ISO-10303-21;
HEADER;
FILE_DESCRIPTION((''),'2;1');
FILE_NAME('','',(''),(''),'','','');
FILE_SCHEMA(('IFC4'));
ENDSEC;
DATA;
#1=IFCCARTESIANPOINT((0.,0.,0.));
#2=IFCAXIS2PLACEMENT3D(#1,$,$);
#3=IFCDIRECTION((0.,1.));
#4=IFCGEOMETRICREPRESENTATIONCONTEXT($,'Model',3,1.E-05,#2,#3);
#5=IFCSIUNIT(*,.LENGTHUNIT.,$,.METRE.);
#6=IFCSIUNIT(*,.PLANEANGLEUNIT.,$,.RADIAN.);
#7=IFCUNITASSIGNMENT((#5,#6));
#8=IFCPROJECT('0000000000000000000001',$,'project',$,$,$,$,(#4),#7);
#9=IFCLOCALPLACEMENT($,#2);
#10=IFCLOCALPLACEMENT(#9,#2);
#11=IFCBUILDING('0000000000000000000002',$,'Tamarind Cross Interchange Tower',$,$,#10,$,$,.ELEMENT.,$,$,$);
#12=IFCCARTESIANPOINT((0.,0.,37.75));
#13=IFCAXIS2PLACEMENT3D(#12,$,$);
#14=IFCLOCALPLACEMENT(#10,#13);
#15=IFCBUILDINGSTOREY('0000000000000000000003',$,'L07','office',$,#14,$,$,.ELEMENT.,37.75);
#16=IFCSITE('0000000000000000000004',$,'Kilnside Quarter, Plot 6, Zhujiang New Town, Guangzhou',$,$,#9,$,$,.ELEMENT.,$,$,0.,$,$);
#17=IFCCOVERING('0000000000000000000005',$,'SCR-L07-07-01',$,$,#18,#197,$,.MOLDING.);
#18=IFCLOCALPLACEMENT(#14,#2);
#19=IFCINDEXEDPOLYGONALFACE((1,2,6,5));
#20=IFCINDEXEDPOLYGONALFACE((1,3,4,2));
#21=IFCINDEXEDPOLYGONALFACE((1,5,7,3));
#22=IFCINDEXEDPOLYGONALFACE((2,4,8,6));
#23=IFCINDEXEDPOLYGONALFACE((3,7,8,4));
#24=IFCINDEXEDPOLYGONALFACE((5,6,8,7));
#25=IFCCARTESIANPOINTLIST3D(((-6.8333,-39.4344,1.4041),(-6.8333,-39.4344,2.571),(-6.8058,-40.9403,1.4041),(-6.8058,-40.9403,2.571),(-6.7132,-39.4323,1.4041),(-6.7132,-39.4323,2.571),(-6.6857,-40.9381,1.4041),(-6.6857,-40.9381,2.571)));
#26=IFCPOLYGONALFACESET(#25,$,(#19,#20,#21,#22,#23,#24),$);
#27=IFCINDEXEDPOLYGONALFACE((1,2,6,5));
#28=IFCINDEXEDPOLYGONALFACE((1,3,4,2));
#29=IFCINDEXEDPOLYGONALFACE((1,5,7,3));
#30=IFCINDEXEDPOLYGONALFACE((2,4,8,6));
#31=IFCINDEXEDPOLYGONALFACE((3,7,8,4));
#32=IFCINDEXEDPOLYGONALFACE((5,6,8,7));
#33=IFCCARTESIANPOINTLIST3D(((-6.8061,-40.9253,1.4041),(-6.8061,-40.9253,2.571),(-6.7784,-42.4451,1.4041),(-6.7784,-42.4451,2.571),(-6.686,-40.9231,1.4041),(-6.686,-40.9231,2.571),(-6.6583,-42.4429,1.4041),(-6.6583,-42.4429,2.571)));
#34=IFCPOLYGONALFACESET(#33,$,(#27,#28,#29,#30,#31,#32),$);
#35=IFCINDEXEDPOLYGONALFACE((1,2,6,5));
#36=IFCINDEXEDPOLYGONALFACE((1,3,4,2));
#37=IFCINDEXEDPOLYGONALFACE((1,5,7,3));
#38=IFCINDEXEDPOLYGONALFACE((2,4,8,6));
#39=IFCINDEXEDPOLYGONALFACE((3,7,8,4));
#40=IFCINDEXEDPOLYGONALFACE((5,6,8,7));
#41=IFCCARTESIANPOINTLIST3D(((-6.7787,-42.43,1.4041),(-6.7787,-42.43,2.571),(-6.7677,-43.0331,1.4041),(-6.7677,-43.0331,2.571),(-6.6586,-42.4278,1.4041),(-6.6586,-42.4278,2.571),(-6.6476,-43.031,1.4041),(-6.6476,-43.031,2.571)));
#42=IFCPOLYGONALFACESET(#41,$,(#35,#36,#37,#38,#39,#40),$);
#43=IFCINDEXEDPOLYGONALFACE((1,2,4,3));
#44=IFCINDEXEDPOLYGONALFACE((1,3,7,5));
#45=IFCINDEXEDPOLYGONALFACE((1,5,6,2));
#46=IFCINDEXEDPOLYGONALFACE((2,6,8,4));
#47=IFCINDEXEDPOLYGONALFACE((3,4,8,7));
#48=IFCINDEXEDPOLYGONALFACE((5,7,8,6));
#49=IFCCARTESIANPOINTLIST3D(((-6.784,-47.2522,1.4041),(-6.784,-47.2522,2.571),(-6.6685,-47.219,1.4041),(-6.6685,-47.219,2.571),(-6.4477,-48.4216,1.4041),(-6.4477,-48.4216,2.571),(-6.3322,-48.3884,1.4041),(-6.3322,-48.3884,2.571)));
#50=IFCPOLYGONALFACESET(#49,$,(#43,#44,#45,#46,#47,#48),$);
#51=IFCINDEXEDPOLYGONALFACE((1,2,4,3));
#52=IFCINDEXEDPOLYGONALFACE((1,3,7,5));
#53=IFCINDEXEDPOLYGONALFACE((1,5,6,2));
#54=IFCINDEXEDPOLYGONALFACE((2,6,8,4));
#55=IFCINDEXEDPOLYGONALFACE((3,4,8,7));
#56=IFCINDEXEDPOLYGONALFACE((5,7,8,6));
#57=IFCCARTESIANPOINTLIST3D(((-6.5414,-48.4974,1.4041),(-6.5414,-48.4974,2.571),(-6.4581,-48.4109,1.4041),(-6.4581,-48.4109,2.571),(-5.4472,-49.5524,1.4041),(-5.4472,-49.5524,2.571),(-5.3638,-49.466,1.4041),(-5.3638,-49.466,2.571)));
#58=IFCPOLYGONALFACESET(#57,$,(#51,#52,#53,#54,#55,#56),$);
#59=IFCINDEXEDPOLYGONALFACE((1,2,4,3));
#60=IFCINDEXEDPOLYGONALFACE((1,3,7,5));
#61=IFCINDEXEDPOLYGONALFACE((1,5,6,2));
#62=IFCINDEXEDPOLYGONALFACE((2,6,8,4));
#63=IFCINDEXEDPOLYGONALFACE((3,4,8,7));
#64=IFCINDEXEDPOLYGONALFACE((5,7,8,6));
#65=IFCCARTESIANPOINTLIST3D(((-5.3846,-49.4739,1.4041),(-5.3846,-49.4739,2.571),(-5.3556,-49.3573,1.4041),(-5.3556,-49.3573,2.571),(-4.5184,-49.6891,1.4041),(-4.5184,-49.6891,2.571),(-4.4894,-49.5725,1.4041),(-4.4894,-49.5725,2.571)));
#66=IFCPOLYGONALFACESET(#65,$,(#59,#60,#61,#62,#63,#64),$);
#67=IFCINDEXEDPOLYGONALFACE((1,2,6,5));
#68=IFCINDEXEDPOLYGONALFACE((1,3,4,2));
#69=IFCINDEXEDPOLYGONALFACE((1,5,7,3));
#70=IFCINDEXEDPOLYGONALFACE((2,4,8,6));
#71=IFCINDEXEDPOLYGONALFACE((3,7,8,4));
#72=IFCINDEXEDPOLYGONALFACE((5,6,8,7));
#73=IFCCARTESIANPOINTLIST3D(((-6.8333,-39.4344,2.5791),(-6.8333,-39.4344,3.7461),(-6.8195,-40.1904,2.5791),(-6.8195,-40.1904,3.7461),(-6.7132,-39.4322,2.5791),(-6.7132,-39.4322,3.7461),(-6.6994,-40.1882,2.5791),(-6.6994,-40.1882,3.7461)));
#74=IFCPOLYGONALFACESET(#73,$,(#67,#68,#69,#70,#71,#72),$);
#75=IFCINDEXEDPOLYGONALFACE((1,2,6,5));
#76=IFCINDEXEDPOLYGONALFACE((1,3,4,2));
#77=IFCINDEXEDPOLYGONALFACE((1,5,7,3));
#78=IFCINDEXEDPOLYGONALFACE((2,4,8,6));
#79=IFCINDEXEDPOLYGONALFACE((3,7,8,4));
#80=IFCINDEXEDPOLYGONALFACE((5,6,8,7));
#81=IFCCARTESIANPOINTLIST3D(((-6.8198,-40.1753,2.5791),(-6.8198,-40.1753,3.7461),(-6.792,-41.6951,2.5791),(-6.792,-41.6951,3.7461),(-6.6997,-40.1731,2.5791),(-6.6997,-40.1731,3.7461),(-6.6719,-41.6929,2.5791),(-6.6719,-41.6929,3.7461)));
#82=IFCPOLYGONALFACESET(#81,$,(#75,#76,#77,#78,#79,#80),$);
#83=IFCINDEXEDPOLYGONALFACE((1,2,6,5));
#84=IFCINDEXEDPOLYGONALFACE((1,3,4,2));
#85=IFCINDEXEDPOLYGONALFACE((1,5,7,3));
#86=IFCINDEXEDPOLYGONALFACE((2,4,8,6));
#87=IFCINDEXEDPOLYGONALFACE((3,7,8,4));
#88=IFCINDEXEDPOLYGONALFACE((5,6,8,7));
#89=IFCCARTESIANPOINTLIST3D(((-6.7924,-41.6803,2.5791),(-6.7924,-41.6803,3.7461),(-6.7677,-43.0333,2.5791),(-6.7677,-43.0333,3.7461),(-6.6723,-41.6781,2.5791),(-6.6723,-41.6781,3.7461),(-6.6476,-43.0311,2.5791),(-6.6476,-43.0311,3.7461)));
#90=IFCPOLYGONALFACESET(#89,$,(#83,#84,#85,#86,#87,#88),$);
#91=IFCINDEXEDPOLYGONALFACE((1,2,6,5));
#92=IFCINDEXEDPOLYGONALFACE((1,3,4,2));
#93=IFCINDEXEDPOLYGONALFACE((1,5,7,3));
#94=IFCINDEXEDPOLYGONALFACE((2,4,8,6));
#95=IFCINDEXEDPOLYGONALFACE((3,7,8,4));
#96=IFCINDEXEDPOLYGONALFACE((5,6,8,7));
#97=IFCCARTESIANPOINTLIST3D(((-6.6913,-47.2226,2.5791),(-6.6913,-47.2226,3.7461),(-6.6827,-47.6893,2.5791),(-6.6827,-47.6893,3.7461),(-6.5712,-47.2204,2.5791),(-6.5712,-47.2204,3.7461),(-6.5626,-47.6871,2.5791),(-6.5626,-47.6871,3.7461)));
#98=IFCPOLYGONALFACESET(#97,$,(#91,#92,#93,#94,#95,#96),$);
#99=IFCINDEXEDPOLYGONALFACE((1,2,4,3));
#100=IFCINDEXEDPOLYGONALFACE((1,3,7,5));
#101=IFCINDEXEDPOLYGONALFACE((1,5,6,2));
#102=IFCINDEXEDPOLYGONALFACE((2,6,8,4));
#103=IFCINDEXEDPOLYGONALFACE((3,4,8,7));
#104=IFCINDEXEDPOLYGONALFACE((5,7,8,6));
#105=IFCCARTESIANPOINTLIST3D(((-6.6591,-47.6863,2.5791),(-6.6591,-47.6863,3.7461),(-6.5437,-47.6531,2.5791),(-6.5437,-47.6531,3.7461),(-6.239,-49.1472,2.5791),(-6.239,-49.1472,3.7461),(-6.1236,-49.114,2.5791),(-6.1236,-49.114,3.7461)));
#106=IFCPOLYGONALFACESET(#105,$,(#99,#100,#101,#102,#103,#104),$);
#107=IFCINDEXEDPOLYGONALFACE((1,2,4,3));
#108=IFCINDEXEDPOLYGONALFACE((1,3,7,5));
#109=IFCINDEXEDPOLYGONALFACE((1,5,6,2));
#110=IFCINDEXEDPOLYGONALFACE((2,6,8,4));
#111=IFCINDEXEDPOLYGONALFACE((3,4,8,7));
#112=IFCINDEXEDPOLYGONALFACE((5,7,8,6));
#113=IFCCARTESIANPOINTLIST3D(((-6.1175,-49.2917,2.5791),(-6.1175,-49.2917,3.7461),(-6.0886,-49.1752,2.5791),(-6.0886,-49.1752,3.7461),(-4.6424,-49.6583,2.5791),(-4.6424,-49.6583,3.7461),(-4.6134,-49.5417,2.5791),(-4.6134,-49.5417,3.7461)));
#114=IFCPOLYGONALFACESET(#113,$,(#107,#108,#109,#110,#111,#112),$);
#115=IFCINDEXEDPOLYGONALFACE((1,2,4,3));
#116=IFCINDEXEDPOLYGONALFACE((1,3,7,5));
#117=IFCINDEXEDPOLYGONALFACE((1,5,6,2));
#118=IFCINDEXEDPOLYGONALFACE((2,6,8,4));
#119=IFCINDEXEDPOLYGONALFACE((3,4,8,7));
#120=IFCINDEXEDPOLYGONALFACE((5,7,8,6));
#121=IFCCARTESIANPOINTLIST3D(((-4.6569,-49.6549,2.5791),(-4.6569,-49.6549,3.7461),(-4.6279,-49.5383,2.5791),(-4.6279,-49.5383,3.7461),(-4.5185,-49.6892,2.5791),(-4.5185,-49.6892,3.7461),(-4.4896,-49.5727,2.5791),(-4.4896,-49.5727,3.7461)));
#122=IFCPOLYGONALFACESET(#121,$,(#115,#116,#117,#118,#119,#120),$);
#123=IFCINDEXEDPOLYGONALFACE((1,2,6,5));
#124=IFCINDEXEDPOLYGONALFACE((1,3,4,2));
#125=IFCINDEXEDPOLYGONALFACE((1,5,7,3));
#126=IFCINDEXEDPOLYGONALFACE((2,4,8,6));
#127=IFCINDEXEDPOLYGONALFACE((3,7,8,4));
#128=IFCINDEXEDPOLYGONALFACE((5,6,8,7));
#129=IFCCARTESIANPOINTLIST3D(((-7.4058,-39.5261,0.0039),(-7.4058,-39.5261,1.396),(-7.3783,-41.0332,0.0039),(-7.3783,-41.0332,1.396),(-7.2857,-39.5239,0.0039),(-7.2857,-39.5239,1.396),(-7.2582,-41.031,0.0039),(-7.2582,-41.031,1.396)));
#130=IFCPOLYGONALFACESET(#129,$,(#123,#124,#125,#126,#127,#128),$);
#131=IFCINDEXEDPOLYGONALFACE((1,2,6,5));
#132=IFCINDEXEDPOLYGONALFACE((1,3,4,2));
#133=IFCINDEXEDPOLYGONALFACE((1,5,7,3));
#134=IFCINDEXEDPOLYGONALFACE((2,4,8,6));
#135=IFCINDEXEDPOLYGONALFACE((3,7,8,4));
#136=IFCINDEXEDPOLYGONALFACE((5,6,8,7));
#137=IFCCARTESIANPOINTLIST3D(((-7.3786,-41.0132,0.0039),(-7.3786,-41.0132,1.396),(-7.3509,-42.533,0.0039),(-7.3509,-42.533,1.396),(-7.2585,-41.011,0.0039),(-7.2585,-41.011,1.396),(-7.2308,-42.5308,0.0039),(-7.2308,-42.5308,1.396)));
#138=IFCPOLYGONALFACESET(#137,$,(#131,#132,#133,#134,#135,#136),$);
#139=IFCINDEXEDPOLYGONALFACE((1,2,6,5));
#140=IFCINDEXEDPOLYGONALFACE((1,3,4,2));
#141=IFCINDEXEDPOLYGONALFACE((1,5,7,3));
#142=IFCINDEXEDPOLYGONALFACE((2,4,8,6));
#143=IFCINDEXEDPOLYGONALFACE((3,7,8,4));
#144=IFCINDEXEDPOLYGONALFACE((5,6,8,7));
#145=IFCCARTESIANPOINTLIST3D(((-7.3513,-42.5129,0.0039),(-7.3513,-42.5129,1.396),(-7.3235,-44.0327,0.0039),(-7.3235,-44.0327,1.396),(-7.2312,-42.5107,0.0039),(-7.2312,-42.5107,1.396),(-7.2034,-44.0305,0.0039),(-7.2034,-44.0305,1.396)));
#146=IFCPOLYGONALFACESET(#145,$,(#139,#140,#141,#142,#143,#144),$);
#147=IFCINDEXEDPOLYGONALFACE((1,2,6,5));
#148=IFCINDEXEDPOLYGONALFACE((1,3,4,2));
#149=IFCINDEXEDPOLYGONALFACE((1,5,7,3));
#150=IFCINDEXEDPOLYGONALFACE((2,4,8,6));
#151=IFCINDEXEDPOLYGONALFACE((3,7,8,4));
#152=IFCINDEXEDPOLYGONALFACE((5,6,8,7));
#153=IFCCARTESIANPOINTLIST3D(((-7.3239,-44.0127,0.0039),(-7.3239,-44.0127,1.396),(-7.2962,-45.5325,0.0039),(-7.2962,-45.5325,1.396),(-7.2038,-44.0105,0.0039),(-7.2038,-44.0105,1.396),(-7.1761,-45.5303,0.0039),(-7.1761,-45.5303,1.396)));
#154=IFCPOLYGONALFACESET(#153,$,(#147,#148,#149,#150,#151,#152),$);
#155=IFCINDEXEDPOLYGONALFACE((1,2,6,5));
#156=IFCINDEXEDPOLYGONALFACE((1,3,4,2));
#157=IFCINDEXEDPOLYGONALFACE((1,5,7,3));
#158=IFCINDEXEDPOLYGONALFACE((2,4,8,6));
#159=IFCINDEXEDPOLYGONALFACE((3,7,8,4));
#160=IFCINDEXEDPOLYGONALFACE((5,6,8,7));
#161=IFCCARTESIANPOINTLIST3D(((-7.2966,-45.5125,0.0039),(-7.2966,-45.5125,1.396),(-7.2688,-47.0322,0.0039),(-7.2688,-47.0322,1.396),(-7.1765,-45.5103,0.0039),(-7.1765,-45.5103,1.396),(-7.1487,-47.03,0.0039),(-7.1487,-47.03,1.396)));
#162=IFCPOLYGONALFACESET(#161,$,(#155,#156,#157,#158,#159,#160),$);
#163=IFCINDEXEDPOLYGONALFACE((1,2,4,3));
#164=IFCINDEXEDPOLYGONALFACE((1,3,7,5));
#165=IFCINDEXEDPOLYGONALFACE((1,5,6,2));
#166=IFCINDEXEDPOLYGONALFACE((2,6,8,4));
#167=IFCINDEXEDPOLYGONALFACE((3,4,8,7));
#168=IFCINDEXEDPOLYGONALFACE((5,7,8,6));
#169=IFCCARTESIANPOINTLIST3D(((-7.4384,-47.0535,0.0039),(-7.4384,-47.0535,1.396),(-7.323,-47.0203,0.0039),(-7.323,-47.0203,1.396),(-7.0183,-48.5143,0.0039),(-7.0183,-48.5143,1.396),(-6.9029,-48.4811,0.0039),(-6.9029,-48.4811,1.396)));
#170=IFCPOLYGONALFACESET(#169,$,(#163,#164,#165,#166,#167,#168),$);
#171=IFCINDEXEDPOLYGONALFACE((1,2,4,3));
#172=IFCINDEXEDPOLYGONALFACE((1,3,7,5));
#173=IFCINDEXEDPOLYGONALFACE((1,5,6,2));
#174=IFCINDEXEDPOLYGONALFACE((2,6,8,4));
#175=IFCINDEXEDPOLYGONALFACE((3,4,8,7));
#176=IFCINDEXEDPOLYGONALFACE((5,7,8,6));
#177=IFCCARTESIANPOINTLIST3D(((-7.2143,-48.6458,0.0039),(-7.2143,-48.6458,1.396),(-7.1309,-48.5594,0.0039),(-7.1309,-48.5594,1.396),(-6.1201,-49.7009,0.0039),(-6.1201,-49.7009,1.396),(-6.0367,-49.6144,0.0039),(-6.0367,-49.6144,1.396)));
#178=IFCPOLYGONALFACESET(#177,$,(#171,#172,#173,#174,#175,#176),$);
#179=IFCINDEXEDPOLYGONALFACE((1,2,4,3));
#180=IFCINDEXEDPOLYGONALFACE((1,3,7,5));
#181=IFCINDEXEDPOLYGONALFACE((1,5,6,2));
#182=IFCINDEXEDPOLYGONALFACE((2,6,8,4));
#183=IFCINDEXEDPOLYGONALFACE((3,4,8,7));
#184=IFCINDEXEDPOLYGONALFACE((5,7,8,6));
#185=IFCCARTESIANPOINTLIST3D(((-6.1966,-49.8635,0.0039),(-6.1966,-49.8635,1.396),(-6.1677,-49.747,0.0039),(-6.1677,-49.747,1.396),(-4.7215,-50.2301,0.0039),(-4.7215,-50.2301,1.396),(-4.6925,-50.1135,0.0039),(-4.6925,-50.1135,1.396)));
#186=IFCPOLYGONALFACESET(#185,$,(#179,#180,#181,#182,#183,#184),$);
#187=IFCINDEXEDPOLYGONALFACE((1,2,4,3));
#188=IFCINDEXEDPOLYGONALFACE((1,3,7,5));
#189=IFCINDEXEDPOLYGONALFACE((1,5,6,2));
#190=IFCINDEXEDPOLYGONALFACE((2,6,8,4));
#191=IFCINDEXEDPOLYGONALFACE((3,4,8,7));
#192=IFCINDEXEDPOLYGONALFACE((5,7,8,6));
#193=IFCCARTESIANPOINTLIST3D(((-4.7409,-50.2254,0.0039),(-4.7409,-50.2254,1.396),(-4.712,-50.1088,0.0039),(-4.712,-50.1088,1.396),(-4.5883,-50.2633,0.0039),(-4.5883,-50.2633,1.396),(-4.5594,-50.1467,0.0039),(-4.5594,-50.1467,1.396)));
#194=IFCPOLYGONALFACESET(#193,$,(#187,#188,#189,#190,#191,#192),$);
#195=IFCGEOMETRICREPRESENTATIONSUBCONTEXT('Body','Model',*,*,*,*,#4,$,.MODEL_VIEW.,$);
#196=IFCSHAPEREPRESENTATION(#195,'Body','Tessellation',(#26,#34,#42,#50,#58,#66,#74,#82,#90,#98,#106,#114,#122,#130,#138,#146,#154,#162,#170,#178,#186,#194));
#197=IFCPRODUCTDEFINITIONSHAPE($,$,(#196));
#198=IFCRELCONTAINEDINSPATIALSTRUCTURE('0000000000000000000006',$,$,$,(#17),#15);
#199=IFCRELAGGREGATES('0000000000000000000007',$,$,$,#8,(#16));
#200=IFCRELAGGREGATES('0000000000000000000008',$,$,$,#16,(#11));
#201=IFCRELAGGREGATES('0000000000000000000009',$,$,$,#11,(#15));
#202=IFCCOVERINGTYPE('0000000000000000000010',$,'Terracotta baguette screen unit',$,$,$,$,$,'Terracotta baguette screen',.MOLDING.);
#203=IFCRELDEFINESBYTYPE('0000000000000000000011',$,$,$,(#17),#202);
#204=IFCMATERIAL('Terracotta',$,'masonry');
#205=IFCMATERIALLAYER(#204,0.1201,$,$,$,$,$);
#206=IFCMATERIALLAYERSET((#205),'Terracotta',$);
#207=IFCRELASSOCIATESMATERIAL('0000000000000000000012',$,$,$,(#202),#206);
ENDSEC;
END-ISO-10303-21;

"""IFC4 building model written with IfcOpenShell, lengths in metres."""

from ifc_helpers import new_model, si_unit, direction, frame, origin, origin_2d, place, context, subcontext, project, spatial, rectangle, extrude, material, layer, layer_set, type_object, element, save


model = new_model("IFC4")

# Units and contexts
model_context = context("Model", 3, precision=1e-05, world=origin(), true_north=direction((0.0, 1.0)))
body_context = subcontext(model_context, "Body", "Model", "MODEL_VIEW")
ifc_project = project(units=[si_unit("LENGTHUNIT", "METRE"), si_unit("PLANEANGLEUNIT", "RADIAN")], contexts=[model_context])

# Site, building, storey
site_placement = place(None, origin())
site = spatial("IfcSite", under=ifc_project, at=site_placement, Name="Kilnside Quarter, Plot 6, Zhujiang New Town, Guangzhou", CompositionType="ELEMENT", RefElevation=0.0)
building_placement = place(site_placement, origin())
building = spatial("IfcBuilding", under=site, at=building_placement, Name="Tamarind Cross Interchange Tower", CompositionType="ELEMENT")
storey_placement = place(building_placement, frame((0.0, 0.0, 37.75)))
storey = spatial("IfcBuildingStorey", under=building, at=storey_placement, Name="L07", Description="office", CompositionType="ELEMENT", Elevation=37.75)

# Covering
ifc_material_1 = material(Name="Terracotta", Category="masonry")
ifc_layer_1 = layer(ifc_material_1, 0.1201)
ifc_layer_set_1 = layer_set([ifc_layer_1], Name="Terracotta")
covering_type = type_object("IfcCoveringType", Name="Terracotta baguette screen unit", ElementType="Terracotta baguette screen", PredefinedType="MOLDING", material=ifc_layer_set_1)
covering_1_placement = place(storey_placement, origin())
element("IfcCovering", 1, at=covering_1_placement, inside=storey, type_object=covering_type, Name="SCR-L07-07-01", PredefinedType="MOLDING", context=body_context, shape_type="SweptSolid", body=[
    extrude(rectangle(XDim=1.5061, YDim=0.1201, at=origin_2d()), frame((-6.7595, -40.1863, 1.4041), z_axis=(0.0, 0.0, 1.0), x_axis=(0.018234, -0.999834, 0.0)), (0.0, 0.0, 1.0), 1.167),
    extrude(rectangle(XDim=1.52, YDim=0.1201, at=origin_2d()), frame((-6.7322, -41.6841, 1.4041), z_axis=(0.0, 0.0, 1.0), x_axis=(0.018234, -0.999834, 0.0)), (0.0, 0.0, 1.0), 1.167),
    extrude(rectangle(XDim=0.6033, YDim=0.1201, at=origin_2d()), frame((-6.7131, -42.7305, 1.4041), z_axis=(0.0, 0.0, 1.0), x_axis=(0.018234, -0.999834, 0.0)), (0.0, 0.0, 1.0), 1.167),
    extrude(rectangle(XDim=1.2168, YDim=0.1201, at=origin_2d()), frame((-6.5581, -47.8203, 1.4041), z_axis=(0.0, 0.0, 1.0), x_axis=(0.276389, -0.961046, 0.0)), (0.0, 0.0, 1.0), 1.167),
    extrude(rectangle(XDim=1.52, YDim=0.1201, at=origin_2d()), frame((-5.9526, -48.9817, 1.4041), z_axis=(0.0, 0.0, 1.0), x_axis=(0.719883, -0.694096, 0.0)), (0.0, 0.0, 1.0), 1.167),
    extrude(rectangle(XDim=0.8926, YDim=0.1201, at=origin_2d()), frame((-4.937, -49.5232, 1.4041), z_axis=(0.0, 0.0, 1.0), x_axis=(0.970485, -0.241163, 0.0)), (0.0, 0.0, 1.0), 1.167),
    extrude(rectangle(XDim=0.7561, YDim=0.1201, at=origin_2d()), frame((-6.7664, -39.8113, 2.5791), z_axis=(0.0, 0.0, 1.0), x_axis=(0.018234, -0.999834, 0.0)), (0.0, 0.0, 1.0), 1.167),
    extrude(rectangle(XDim=1.52, YDim=0.1201, at=origin_2d()), frame((-6.7458, -40.9341, 2.5791), z_axis=(0.0, 0.0, 1.0), x_axis=(0.018234, -0.999834, 0.0)), (0.0, 0.0, 1.0), 1.167),
    extrude(rectangle(XDim=1.3533, YDim=0.1201, at=origin_2d()), frame((-6.72, -42.3557, 2.5791), z_axis=(0.0, 0.0, 1.0), x_axis=(0.018234, -0.999834, 0.0)), (0.0, 0.0, 1.0), 1.167),
    extrude(rectangle(XDim=0.4668, YDim=0.1201, at=origin_2d()), frame((-6.627, -47.4548, 2.5791), z_axis=(0.0, 0.0, 1.0), x_axis=(0.018234, -0.999834, 0.0)), (0.0, 0.0, 1.0), 1.167),
    extrude(rectangle(XDim=1.52, YDim=0.1201, at=origin_2d()), frame((-6.3914, -48.4001, 2.5791), z_axis=(0.0, 0.0, 1.0), x_axis=(0.276389, -0.961046, 0.0)), (0.0, 0.0, 1.0), 1.167),
    extrude(rectangle(XDim=1.52, YDim=0.1201, at=origin_2d()), frame((-5.3655, -49.4167, 2.5791), z_axis=(0.0, 0.0, 1.0), x_axis=(0.970485, -0.241163, 0.0)), (0.0, 0.0, 1.0), 1.167),
    extrude(rectangle(XDim=0.1426, YDim=0.1201, at=origin_2d()), frame((-4.5732, -49.6138, 2.5791), z_axis=(0.0, 0.0, 1.0), x_axis=(0.970485, -0.241163, 0.0)), (0.0, 0.0, 1.0), 1.167),
    extrude(rectangle(XDim=1.5073, YDim=0.1201, at=origin_2d()), frame((-7.332, -40.2786, 0.0039), z_axis=(0.0, 0.0, 1.0), x_axis=(0.018234, -0.999834, 0.0)), (0.0, 0.0, 1.0), 1.3921),
    extrude(rectangle(XDim=1.52, YDim=0.1201, at=origin_2d()), frame((-7.3047, -41.772, 0.0039), z_axis=(0.0, 0.0, 1.0), x_axis=(0.018234, -0.999834, 0.0)), (0.0, 0.0, 1.0), 1.3921),
    extrude(rectangle(XDim=1.52, YDim=0.1201, at=origin_2d()), frame((-7.2773, -43.2717, 0.0039), z_axis=(0.0, 0.0, 1.0), x_axis=(0.018234, -0.999834, 0.0)), (0.0, 0.0, 1.0), 1.3921),
    extrude(rectangle(XDim=1.52, YDim=0.1201, at=origin_2d()), frame((-7.25, -44.7715, 0.0039), z_axis=(0.0, 0.0, 1.0), x_axis=(0.018234, -0.999834, 0.0)), (0.0, 0.0, 1.0), 1.3921),
    extrude(rectangle(XDim=1.52, YDim=0.1201, at=origin_2d()), frame((-7.2227, -46.2712, 0.0039), z_axis=(0.0, 0.0, 1.0), x_axis=(0.018234, -0.999834, 0.0)), (0.0, 0.0, 1.0), 1.3921),
    extrude(rectangle(XDim=1.52, YDim=0.1201, at=origin_2d()), frame((-7.1707, -47.7673, 0.0039), z_axis=(0.0, 0.0, 1.0), x_axis=(0.276389, -0.961046, 0.0)), (0.0, 0.0, 1.0), 1.3921),
    extrude(rectangle(XDim=1.52, YDim=0.1201, at=origin_2d()), frame((-6.6255, -49.1301, 0.0039), z_axis=(0.0, 0.0, 1.0), x_axis=(0.719883, -0.694096, 0.0)), (0.0, 0.0, 1.0), 1.3921),
    extrude(rectangle(XDim=1.52, YDim=0.1201, at=origin_2d()), frame((-5.4446, -49.9885, 0.0039), z_axis=(0.0, 0.0, 1.0), x_axis=(0.970485, -0.241163, 0.0)), (0.0, 0.0, 1.0), 1.3921),
    extrude(rectangle(XDim=0.1572, YDim=0.1201, at=origin_2d()), frame((-4.6501, -50.186, 0.0039), z_axis=(0.0, 0.0, 1.0), x_axis=(0.970485, -0.241163, 0.0)), (0.0, 0.0, 1.0), 1.3921),
])

save(model, "model.ifc")
